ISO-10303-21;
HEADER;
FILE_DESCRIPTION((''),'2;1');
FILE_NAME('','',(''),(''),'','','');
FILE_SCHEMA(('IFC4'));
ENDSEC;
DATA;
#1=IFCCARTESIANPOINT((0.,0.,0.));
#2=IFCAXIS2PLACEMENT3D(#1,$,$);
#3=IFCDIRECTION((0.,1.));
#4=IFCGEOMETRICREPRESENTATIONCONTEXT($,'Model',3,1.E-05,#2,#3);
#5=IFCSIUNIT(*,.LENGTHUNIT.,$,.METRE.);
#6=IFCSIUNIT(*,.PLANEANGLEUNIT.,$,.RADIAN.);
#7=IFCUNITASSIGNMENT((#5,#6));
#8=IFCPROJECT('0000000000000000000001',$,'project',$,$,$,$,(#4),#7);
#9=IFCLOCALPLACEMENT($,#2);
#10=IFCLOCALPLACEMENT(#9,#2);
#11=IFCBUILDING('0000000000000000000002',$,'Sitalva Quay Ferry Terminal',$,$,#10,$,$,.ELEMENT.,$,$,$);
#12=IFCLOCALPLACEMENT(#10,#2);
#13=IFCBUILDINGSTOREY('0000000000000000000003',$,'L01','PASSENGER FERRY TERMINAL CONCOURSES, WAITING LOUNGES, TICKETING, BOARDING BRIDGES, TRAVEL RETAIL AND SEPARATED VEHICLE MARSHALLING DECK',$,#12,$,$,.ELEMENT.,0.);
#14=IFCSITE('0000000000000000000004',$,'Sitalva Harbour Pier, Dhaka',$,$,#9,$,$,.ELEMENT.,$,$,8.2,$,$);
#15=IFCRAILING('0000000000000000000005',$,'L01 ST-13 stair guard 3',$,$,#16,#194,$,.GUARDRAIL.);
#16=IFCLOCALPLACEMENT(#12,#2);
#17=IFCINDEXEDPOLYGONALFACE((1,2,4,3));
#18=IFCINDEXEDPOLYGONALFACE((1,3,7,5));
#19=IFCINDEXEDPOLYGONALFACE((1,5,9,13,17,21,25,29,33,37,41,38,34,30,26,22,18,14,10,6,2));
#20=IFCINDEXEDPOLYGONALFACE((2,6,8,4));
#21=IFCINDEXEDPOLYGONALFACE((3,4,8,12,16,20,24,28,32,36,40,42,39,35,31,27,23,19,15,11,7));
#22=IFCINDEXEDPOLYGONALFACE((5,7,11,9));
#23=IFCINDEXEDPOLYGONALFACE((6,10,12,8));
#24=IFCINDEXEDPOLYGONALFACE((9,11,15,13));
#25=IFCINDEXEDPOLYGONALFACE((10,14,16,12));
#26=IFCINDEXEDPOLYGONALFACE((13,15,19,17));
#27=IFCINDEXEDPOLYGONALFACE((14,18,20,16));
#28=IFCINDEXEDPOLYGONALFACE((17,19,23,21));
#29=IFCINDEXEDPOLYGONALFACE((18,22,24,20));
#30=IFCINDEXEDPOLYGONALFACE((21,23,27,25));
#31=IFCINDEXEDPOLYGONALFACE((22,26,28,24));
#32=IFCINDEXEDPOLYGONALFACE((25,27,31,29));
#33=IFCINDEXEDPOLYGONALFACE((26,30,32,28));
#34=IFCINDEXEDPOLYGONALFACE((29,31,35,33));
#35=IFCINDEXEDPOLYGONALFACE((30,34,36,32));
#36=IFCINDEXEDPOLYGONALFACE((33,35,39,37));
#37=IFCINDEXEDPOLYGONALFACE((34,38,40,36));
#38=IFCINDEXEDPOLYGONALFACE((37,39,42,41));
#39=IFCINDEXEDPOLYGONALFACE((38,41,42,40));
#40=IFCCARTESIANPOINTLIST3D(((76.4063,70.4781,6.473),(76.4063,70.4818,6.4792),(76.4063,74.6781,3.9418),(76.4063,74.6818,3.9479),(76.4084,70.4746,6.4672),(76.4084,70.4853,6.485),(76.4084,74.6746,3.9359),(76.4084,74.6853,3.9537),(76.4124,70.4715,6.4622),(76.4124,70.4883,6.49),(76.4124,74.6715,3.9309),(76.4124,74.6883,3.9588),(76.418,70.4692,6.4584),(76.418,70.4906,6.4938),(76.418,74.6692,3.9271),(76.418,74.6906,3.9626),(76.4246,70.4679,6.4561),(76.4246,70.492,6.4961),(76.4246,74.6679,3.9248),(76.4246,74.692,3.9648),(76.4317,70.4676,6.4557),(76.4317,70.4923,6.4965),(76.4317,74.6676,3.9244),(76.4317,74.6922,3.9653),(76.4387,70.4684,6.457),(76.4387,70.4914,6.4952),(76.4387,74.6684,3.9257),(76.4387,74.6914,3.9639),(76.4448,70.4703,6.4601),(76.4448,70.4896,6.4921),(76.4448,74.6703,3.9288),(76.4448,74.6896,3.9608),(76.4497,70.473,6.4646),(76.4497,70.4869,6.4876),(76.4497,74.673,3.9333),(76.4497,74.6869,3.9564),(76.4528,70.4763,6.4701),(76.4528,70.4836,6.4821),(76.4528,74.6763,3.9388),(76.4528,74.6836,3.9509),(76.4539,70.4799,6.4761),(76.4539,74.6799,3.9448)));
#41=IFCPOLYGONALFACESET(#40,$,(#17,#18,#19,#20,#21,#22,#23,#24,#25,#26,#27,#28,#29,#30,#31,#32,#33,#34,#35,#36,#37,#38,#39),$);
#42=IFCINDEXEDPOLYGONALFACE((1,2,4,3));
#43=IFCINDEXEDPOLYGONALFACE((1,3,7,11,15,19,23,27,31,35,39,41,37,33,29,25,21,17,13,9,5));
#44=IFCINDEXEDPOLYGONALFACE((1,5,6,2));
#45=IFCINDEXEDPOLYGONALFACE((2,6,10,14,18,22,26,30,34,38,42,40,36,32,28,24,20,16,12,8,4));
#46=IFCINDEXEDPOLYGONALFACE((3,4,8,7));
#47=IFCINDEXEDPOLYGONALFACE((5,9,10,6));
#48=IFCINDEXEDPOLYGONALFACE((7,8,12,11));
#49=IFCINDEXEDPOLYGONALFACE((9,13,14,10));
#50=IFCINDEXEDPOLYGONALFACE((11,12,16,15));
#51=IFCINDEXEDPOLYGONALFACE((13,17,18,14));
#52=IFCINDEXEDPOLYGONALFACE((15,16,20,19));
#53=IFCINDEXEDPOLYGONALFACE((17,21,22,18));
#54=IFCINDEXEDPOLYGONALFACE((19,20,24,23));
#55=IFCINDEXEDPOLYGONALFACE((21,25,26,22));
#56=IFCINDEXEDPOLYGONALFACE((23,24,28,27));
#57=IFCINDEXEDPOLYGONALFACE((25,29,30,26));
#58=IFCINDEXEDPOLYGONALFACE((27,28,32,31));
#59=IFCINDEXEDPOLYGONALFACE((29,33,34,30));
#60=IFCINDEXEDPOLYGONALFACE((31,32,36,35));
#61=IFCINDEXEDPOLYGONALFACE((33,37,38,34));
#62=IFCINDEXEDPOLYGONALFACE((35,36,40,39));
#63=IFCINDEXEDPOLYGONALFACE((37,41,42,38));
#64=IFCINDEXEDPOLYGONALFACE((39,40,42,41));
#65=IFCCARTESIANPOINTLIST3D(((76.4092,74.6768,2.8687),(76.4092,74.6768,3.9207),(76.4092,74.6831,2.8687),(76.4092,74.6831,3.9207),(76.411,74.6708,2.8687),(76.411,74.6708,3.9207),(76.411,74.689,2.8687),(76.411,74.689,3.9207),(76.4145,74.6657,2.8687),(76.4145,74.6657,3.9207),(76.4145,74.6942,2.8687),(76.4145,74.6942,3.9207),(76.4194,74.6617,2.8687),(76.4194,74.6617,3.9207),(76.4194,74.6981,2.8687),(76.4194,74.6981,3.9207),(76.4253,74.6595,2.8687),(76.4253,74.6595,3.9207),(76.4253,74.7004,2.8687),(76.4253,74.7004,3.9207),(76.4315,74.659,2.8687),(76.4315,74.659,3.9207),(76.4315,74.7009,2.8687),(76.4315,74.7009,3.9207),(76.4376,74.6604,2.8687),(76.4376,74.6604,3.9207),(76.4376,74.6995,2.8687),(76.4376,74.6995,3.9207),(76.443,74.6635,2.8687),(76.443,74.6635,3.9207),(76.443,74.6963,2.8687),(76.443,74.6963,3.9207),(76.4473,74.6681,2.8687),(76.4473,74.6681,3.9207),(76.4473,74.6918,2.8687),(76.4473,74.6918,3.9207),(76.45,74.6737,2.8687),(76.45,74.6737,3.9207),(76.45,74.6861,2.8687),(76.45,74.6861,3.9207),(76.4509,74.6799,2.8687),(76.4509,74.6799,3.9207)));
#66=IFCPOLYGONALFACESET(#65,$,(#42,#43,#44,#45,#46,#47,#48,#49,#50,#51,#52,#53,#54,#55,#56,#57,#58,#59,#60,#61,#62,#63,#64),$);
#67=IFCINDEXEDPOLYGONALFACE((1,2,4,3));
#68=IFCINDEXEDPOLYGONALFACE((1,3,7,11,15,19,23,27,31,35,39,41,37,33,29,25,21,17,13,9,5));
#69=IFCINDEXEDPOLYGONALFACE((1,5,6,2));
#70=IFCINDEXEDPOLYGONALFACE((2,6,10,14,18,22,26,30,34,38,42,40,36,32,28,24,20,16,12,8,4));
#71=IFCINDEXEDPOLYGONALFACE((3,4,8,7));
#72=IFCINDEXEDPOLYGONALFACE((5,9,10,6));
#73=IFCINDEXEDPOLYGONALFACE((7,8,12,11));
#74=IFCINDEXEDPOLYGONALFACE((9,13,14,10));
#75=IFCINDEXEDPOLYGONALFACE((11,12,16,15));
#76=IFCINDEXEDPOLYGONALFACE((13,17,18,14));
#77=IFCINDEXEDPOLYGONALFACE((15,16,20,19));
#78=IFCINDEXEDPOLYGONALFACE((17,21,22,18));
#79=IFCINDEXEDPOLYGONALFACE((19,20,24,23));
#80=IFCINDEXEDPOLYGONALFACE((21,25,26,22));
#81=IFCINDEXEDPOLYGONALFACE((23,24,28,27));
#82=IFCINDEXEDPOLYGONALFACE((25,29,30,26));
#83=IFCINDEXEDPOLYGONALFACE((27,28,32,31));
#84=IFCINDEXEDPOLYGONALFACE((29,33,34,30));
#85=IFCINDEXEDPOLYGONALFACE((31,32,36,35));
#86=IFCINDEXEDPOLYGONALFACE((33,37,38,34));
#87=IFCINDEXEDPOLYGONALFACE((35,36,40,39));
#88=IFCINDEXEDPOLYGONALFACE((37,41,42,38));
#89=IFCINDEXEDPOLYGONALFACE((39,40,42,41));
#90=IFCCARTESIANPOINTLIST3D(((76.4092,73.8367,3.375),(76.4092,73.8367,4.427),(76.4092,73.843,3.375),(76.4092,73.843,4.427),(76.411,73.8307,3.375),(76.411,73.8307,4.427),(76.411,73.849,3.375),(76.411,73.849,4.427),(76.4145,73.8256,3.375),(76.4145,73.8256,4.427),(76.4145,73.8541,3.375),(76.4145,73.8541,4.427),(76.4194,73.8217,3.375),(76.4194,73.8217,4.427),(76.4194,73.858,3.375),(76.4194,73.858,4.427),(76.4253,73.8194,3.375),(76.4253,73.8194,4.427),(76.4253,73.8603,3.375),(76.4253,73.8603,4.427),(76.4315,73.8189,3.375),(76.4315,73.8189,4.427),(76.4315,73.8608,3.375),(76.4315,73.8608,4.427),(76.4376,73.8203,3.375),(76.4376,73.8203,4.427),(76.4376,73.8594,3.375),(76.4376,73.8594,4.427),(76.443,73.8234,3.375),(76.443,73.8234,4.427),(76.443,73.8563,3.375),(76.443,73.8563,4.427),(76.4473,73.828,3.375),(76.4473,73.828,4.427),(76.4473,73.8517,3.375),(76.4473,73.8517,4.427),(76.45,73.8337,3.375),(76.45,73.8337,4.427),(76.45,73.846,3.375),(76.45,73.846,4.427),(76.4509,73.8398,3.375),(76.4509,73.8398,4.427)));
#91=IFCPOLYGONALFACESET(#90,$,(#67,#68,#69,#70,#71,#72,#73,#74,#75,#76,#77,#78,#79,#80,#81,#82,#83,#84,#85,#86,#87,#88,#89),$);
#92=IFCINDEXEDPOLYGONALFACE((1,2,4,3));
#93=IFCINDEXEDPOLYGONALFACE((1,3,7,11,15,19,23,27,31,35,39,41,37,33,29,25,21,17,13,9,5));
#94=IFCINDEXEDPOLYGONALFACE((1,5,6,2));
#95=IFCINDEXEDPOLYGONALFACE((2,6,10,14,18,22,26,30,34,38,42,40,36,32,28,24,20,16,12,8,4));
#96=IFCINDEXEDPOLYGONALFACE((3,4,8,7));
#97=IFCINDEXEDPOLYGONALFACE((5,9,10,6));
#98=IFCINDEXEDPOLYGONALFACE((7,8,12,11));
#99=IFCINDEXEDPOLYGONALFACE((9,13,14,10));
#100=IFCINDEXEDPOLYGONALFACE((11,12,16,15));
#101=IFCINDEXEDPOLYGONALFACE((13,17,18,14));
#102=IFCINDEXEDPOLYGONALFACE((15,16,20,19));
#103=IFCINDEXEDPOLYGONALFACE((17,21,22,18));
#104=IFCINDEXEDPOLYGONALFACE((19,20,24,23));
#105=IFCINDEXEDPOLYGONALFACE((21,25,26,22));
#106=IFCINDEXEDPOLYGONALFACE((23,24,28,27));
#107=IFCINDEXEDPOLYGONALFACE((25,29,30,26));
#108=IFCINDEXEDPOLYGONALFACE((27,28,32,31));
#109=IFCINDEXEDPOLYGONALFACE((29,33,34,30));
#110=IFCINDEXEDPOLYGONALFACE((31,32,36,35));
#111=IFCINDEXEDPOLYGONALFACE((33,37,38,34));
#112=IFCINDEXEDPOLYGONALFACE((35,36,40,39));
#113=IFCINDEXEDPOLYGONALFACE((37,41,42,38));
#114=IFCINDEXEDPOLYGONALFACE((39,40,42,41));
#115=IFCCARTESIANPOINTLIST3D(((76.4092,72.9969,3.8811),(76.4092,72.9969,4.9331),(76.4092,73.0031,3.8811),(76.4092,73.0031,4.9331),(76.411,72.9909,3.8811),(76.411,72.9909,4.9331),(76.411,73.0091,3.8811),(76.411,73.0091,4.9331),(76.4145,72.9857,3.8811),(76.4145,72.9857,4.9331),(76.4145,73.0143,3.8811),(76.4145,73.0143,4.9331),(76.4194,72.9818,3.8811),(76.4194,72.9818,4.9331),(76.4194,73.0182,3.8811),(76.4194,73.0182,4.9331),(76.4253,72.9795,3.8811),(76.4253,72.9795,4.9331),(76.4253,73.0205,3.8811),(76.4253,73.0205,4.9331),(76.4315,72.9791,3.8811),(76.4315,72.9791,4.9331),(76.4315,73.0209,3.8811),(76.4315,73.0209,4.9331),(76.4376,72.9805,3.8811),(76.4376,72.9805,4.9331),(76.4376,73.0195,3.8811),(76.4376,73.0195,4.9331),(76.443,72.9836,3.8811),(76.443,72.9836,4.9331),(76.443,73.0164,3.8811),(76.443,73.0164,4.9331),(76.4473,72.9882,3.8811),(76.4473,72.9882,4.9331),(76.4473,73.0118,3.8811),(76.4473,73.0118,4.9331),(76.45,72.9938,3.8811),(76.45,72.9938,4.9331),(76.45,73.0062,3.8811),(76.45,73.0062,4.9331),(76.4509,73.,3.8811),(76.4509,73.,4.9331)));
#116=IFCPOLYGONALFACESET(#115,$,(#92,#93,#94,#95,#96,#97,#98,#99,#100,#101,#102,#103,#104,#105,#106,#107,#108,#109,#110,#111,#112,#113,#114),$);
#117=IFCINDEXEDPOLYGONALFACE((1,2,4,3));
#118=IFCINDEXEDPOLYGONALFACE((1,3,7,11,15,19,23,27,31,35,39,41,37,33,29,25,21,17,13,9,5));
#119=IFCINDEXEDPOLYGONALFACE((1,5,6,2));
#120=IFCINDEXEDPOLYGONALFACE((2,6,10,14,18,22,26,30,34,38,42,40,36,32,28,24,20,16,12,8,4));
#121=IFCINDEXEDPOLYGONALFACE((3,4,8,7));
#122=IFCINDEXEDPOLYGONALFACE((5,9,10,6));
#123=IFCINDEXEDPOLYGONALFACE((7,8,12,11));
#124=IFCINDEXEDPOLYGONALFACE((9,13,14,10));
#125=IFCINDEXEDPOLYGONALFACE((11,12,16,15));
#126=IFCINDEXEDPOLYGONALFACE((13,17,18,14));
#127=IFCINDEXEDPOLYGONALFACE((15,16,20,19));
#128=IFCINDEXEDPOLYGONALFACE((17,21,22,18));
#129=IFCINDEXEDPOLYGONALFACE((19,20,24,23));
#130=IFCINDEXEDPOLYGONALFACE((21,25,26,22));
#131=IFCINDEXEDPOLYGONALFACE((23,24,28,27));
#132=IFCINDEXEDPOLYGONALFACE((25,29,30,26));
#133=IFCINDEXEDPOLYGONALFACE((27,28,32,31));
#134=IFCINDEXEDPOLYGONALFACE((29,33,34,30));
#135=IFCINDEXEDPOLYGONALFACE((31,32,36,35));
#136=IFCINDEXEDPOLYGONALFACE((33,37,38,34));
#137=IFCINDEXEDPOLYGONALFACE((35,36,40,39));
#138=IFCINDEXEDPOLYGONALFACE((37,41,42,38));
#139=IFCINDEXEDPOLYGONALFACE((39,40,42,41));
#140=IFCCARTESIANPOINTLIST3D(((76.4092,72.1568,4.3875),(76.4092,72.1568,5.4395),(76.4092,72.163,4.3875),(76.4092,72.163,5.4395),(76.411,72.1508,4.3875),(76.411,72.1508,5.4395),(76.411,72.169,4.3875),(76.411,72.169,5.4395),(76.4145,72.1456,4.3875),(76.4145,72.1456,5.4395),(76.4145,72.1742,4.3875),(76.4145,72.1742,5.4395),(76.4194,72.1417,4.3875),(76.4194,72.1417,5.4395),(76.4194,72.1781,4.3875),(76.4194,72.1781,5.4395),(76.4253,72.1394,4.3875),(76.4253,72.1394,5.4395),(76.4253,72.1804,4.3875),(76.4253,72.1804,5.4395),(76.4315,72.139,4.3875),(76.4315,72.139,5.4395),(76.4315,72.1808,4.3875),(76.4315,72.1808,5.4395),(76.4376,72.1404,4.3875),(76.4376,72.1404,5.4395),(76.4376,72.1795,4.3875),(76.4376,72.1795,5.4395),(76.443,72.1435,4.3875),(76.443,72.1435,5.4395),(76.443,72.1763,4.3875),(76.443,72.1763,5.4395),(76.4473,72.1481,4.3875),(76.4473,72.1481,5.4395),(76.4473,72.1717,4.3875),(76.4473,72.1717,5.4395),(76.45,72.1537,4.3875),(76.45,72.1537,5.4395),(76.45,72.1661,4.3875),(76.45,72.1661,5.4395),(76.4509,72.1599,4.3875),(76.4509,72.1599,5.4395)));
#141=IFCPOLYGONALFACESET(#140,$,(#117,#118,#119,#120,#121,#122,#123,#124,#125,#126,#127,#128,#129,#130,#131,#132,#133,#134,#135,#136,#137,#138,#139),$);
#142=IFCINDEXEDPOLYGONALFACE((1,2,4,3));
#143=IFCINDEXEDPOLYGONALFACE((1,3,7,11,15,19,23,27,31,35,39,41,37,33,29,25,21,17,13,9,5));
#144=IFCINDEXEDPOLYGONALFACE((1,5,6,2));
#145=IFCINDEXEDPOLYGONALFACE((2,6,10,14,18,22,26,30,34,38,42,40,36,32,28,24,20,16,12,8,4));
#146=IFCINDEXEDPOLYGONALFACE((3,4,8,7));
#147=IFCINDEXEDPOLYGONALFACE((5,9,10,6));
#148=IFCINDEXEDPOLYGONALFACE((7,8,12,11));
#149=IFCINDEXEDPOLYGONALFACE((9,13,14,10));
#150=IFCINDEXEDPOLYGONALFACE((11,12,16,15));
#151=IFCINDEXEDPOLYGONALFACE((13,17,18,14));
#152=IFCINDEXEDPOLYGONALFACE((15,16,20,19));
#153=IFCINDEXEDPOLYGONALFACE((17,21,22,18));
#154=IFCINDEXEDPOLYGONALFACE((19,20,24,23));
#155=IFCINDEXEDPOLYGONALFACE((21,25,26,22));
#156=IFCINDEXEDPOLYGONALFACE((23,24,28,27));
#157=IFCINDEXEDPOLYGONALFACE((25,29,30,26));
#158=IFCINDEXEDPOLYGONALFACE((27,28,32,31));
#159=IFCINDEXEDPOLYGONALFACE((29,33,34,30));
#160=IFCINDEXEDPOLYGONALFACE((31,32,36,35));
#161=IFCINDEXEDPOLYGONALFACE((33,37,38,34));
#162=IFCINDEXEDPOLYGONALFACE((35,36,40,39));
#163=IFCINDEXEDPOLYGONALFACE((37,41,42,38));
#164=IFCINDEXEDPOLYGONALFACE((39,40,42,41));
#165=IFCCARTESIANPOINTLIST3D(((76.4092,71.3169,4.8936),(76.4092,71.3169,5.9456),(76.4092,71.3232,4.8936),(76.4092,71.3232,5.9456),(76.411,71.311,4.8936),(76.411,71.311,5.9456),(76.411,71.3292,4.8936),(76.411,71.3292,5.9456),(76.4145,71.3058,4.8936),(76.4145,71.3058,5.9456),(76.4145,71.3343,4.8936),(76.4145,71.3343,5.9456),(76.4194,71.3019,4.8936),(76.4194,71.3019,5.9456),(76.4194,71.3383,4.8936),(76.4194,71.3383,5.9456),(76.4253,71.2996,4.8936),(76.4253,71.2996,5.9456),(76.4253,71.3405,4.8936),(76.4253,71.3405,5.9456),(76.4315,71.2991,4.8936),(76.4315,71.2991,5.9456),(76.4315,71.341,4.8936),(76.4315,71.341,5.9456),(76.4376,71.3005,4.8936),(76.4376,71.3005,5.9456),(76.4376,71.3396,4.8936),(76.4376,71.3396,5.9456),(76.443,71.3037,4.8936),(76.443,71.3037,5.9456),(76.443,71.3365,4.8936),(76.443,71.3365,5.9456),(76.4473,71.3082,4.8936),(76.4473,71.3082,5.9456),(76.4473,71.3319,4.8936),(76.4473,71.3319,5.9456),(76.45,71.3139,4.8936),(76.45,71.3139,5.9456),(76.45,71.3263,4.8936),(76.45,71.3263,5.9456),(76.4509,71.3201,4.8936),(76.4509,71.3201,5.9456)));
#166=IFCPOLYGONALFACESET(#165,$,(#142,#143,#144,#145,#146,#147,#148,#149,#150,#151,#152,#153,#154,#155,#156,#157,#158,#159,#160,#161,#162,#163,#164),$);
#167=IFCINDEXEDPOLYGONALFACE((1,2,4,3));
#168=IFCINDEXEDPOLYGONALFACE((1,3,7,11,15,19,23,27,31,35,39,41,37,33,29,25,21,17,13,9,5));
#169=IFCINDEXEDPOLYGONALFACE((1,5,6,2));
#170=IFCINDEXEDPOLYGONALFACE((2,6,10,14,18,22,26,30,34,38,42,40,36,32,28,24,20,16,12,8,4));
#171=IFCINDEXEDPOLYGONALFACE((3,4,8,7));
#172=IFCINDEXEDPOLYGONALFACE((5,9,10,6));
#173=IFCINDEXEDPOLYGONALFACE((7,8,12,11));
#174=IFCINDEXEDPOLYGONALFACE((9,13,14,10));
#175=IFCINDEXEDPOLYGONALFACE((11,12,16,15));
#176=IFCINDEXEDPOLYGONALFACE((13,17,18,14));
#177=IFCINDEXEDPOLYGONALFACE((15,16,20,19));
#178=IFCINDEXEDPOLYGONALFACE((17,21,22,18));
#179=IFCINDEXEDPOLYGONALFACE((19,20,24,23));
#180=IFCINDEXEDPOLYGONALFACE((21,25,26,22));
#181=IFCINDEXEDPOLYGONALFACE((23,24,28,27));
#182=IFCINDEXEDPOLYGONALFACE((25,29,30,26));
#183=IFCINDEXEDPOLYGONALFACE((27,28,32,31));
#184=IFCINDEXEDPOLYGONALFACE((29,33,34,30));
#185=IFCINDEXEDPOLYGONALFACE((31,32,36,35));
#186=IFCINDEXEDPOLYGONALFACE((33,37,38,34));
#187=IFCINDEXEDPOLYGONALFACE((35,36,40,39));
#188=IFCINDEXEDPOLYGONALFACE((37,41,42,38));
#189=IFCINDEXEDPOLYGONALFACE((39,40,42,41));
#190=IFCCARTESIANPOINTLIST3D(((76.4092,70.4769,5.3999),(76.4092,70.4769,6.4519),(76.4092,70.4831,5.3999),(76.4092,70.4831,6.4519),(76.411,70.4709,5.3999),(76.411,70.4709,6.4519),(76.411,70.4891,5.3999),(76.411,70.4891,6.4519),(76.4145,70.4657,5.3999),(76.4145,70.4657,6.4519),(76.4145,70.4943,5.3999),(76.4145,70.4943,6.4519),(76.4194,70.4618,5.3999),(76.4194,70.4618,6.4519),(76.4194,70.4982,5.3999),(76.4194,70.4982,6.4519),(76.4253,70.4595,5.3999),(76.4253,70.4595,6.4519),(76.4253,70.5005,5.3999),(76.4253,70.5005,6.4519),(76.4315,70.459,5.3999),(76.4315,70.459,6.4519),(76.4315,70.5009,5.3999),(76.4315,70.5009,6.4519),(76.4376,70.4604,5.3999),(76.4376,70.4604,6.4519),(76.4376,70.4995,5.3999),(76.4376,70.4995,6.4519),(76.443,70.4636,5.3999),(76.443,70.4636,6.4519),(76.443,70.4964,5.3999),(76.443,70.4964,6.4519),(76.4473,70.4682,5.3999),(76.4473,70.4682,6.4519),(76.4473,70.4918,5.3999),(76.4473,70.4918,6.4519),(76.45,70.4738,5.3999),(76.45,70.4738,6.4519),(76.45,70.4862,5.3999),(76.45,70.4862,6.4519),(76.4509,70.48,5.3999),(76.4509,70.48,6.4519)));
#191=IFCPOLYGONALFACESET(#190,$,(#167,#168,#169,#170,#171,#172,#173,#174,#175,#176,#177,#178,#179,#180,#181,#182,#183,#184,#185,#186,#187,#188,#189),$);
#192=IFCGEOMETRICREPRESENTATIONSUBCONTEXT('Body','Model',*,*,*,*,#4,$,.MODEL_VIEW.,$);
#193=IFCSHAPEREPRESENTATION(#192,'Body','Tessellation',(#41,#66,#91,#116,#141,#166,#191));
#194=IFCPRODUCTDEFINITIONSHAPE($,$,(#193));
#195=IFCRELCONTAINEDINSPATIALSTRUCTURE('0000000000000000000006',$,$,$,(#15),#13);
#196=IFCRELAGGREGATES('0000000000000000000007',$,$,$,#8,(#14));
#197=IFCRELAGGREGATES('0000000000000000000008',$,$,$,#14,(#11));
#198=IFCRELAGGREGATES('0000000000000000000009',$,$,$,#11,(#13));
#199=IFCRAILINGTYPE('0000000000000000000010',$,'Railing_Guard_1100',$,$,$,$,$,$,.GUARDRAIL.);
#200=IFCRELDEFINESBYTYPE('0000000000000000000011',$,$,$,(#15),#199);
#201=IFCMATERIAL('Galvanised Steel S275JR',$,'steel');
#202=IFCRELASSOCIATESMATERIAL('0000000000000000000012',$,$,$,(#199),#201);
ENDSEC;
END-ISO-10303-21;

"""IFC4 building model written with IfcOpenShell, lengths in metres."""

from ifc_helpers import new_model, si_unit, direction, frame, origin, origin_2d, place, context, subcontext, project, spatial, circle, extrude, material, type_object, element, save


model = new_model("IFC4")

# Units and contexts
model_context = context("Model", 3, precision=1e-05, world=origin(), true_north=direction((0.0, 1.0)))
body_context = subcontext(model_context, "Body", "Model", "MODEL_VIEW")
ifc_project = project(units=[si_unit("LENGTHUNIT", "METRE"), si_unit("PLANEANGLEUNIT", "RADIAN")], contexts=[model_context])

# Site, building, storey
site_placement = place(None, origin())
site = spatial("IfcSite", under=ifc_project, at=site_placement, Name="Sitalva Harbour Pier, Dhaka", CompositionType="ELEMENT", RefElevation=8.2)
building_placement = place(site_placement, origin())
building = spatial("IfcBuilding", under=site, at=building_placement, Name="Sitalva Quay Ferry Terminal", CompositionType="ELEMENT")
storey_placement = place(building_placement, origin())
storey = spatial("IfcBuildingStorey", under=building, at=storey_placement, Name="L01", Description="PASSENGER FERRY TERMINAL CONCOURSES, WAITING LOUNGES, TICKETING, BOARDING BRIDGES, TRAVEL RETAIL AND SEPARATED VEHICLE MARSHALLING DECK", CompositionType="ELEMENT", Elevation=0.0)

# Railing
ifc_material_1 = material(Name="Galvanised Steel S275JR", Category="steel")
railing_type_1 = type_object("IfcRailingType", Name="Railing_Guard_1100", PredefinedType="GUARDRAIL", material=ifc_material_1)
railing_1_placement = place(storey_placement, frame((76.4299, 74.6799, 2.8687)))
element("IfcRailing", 1, at=railing_1_placement, inside=storey, type_object=railing_type_1, Name="L01 ST-13 stair guard 3", PredefinedType="GUARDRAIL", context=body_context, shape_type="SweptSolid", body=[
    extrude(circle(Radius=0.0239, at=origin_2d()), frame((0.0, 0.0, 1.0762), z_axis=(0.0, -0.856476, 0.516186), x_axis=(1.0, 0.0, 0.0)), (0.0, 0.0, 1.0), 4.9038),
    extrude(circle(Radius=0.021, at=origin_2d()), origin(), (0.0, 0.0, 1.0), 1.052),
    extrude(circle(Radius=0.021, at=origin_2d()), frame((0.0, -0.8401, 0.5063)), (0.0, 0.0, 1.0), 1.052),
    extrude(circle(Radius=0.021, at=origin_2d()), frame((0.0, -1.6799, 1.0125)), (0.0, 0.0, 1.0), 1.052),
    extrude(circle(Radius=0.021, at=origin_2d()), frame((0.0, -2.52, 1.5188)), (0.0, 0.0, 1.0), 1.052),
    extrude(circle(Radius=0.021, at=origin_2d()), frame((0.0, -3.3599, 2.0249)), (0.0, 0.0, 1.0), 1.052),
    extrude(circle(Radius=0.021, at=origin_2d()), frame((0.0, -4.2, 2.5312)), (0.0, 0.0, 1.0), 1.052),
])

save(model, "model.ifc")
